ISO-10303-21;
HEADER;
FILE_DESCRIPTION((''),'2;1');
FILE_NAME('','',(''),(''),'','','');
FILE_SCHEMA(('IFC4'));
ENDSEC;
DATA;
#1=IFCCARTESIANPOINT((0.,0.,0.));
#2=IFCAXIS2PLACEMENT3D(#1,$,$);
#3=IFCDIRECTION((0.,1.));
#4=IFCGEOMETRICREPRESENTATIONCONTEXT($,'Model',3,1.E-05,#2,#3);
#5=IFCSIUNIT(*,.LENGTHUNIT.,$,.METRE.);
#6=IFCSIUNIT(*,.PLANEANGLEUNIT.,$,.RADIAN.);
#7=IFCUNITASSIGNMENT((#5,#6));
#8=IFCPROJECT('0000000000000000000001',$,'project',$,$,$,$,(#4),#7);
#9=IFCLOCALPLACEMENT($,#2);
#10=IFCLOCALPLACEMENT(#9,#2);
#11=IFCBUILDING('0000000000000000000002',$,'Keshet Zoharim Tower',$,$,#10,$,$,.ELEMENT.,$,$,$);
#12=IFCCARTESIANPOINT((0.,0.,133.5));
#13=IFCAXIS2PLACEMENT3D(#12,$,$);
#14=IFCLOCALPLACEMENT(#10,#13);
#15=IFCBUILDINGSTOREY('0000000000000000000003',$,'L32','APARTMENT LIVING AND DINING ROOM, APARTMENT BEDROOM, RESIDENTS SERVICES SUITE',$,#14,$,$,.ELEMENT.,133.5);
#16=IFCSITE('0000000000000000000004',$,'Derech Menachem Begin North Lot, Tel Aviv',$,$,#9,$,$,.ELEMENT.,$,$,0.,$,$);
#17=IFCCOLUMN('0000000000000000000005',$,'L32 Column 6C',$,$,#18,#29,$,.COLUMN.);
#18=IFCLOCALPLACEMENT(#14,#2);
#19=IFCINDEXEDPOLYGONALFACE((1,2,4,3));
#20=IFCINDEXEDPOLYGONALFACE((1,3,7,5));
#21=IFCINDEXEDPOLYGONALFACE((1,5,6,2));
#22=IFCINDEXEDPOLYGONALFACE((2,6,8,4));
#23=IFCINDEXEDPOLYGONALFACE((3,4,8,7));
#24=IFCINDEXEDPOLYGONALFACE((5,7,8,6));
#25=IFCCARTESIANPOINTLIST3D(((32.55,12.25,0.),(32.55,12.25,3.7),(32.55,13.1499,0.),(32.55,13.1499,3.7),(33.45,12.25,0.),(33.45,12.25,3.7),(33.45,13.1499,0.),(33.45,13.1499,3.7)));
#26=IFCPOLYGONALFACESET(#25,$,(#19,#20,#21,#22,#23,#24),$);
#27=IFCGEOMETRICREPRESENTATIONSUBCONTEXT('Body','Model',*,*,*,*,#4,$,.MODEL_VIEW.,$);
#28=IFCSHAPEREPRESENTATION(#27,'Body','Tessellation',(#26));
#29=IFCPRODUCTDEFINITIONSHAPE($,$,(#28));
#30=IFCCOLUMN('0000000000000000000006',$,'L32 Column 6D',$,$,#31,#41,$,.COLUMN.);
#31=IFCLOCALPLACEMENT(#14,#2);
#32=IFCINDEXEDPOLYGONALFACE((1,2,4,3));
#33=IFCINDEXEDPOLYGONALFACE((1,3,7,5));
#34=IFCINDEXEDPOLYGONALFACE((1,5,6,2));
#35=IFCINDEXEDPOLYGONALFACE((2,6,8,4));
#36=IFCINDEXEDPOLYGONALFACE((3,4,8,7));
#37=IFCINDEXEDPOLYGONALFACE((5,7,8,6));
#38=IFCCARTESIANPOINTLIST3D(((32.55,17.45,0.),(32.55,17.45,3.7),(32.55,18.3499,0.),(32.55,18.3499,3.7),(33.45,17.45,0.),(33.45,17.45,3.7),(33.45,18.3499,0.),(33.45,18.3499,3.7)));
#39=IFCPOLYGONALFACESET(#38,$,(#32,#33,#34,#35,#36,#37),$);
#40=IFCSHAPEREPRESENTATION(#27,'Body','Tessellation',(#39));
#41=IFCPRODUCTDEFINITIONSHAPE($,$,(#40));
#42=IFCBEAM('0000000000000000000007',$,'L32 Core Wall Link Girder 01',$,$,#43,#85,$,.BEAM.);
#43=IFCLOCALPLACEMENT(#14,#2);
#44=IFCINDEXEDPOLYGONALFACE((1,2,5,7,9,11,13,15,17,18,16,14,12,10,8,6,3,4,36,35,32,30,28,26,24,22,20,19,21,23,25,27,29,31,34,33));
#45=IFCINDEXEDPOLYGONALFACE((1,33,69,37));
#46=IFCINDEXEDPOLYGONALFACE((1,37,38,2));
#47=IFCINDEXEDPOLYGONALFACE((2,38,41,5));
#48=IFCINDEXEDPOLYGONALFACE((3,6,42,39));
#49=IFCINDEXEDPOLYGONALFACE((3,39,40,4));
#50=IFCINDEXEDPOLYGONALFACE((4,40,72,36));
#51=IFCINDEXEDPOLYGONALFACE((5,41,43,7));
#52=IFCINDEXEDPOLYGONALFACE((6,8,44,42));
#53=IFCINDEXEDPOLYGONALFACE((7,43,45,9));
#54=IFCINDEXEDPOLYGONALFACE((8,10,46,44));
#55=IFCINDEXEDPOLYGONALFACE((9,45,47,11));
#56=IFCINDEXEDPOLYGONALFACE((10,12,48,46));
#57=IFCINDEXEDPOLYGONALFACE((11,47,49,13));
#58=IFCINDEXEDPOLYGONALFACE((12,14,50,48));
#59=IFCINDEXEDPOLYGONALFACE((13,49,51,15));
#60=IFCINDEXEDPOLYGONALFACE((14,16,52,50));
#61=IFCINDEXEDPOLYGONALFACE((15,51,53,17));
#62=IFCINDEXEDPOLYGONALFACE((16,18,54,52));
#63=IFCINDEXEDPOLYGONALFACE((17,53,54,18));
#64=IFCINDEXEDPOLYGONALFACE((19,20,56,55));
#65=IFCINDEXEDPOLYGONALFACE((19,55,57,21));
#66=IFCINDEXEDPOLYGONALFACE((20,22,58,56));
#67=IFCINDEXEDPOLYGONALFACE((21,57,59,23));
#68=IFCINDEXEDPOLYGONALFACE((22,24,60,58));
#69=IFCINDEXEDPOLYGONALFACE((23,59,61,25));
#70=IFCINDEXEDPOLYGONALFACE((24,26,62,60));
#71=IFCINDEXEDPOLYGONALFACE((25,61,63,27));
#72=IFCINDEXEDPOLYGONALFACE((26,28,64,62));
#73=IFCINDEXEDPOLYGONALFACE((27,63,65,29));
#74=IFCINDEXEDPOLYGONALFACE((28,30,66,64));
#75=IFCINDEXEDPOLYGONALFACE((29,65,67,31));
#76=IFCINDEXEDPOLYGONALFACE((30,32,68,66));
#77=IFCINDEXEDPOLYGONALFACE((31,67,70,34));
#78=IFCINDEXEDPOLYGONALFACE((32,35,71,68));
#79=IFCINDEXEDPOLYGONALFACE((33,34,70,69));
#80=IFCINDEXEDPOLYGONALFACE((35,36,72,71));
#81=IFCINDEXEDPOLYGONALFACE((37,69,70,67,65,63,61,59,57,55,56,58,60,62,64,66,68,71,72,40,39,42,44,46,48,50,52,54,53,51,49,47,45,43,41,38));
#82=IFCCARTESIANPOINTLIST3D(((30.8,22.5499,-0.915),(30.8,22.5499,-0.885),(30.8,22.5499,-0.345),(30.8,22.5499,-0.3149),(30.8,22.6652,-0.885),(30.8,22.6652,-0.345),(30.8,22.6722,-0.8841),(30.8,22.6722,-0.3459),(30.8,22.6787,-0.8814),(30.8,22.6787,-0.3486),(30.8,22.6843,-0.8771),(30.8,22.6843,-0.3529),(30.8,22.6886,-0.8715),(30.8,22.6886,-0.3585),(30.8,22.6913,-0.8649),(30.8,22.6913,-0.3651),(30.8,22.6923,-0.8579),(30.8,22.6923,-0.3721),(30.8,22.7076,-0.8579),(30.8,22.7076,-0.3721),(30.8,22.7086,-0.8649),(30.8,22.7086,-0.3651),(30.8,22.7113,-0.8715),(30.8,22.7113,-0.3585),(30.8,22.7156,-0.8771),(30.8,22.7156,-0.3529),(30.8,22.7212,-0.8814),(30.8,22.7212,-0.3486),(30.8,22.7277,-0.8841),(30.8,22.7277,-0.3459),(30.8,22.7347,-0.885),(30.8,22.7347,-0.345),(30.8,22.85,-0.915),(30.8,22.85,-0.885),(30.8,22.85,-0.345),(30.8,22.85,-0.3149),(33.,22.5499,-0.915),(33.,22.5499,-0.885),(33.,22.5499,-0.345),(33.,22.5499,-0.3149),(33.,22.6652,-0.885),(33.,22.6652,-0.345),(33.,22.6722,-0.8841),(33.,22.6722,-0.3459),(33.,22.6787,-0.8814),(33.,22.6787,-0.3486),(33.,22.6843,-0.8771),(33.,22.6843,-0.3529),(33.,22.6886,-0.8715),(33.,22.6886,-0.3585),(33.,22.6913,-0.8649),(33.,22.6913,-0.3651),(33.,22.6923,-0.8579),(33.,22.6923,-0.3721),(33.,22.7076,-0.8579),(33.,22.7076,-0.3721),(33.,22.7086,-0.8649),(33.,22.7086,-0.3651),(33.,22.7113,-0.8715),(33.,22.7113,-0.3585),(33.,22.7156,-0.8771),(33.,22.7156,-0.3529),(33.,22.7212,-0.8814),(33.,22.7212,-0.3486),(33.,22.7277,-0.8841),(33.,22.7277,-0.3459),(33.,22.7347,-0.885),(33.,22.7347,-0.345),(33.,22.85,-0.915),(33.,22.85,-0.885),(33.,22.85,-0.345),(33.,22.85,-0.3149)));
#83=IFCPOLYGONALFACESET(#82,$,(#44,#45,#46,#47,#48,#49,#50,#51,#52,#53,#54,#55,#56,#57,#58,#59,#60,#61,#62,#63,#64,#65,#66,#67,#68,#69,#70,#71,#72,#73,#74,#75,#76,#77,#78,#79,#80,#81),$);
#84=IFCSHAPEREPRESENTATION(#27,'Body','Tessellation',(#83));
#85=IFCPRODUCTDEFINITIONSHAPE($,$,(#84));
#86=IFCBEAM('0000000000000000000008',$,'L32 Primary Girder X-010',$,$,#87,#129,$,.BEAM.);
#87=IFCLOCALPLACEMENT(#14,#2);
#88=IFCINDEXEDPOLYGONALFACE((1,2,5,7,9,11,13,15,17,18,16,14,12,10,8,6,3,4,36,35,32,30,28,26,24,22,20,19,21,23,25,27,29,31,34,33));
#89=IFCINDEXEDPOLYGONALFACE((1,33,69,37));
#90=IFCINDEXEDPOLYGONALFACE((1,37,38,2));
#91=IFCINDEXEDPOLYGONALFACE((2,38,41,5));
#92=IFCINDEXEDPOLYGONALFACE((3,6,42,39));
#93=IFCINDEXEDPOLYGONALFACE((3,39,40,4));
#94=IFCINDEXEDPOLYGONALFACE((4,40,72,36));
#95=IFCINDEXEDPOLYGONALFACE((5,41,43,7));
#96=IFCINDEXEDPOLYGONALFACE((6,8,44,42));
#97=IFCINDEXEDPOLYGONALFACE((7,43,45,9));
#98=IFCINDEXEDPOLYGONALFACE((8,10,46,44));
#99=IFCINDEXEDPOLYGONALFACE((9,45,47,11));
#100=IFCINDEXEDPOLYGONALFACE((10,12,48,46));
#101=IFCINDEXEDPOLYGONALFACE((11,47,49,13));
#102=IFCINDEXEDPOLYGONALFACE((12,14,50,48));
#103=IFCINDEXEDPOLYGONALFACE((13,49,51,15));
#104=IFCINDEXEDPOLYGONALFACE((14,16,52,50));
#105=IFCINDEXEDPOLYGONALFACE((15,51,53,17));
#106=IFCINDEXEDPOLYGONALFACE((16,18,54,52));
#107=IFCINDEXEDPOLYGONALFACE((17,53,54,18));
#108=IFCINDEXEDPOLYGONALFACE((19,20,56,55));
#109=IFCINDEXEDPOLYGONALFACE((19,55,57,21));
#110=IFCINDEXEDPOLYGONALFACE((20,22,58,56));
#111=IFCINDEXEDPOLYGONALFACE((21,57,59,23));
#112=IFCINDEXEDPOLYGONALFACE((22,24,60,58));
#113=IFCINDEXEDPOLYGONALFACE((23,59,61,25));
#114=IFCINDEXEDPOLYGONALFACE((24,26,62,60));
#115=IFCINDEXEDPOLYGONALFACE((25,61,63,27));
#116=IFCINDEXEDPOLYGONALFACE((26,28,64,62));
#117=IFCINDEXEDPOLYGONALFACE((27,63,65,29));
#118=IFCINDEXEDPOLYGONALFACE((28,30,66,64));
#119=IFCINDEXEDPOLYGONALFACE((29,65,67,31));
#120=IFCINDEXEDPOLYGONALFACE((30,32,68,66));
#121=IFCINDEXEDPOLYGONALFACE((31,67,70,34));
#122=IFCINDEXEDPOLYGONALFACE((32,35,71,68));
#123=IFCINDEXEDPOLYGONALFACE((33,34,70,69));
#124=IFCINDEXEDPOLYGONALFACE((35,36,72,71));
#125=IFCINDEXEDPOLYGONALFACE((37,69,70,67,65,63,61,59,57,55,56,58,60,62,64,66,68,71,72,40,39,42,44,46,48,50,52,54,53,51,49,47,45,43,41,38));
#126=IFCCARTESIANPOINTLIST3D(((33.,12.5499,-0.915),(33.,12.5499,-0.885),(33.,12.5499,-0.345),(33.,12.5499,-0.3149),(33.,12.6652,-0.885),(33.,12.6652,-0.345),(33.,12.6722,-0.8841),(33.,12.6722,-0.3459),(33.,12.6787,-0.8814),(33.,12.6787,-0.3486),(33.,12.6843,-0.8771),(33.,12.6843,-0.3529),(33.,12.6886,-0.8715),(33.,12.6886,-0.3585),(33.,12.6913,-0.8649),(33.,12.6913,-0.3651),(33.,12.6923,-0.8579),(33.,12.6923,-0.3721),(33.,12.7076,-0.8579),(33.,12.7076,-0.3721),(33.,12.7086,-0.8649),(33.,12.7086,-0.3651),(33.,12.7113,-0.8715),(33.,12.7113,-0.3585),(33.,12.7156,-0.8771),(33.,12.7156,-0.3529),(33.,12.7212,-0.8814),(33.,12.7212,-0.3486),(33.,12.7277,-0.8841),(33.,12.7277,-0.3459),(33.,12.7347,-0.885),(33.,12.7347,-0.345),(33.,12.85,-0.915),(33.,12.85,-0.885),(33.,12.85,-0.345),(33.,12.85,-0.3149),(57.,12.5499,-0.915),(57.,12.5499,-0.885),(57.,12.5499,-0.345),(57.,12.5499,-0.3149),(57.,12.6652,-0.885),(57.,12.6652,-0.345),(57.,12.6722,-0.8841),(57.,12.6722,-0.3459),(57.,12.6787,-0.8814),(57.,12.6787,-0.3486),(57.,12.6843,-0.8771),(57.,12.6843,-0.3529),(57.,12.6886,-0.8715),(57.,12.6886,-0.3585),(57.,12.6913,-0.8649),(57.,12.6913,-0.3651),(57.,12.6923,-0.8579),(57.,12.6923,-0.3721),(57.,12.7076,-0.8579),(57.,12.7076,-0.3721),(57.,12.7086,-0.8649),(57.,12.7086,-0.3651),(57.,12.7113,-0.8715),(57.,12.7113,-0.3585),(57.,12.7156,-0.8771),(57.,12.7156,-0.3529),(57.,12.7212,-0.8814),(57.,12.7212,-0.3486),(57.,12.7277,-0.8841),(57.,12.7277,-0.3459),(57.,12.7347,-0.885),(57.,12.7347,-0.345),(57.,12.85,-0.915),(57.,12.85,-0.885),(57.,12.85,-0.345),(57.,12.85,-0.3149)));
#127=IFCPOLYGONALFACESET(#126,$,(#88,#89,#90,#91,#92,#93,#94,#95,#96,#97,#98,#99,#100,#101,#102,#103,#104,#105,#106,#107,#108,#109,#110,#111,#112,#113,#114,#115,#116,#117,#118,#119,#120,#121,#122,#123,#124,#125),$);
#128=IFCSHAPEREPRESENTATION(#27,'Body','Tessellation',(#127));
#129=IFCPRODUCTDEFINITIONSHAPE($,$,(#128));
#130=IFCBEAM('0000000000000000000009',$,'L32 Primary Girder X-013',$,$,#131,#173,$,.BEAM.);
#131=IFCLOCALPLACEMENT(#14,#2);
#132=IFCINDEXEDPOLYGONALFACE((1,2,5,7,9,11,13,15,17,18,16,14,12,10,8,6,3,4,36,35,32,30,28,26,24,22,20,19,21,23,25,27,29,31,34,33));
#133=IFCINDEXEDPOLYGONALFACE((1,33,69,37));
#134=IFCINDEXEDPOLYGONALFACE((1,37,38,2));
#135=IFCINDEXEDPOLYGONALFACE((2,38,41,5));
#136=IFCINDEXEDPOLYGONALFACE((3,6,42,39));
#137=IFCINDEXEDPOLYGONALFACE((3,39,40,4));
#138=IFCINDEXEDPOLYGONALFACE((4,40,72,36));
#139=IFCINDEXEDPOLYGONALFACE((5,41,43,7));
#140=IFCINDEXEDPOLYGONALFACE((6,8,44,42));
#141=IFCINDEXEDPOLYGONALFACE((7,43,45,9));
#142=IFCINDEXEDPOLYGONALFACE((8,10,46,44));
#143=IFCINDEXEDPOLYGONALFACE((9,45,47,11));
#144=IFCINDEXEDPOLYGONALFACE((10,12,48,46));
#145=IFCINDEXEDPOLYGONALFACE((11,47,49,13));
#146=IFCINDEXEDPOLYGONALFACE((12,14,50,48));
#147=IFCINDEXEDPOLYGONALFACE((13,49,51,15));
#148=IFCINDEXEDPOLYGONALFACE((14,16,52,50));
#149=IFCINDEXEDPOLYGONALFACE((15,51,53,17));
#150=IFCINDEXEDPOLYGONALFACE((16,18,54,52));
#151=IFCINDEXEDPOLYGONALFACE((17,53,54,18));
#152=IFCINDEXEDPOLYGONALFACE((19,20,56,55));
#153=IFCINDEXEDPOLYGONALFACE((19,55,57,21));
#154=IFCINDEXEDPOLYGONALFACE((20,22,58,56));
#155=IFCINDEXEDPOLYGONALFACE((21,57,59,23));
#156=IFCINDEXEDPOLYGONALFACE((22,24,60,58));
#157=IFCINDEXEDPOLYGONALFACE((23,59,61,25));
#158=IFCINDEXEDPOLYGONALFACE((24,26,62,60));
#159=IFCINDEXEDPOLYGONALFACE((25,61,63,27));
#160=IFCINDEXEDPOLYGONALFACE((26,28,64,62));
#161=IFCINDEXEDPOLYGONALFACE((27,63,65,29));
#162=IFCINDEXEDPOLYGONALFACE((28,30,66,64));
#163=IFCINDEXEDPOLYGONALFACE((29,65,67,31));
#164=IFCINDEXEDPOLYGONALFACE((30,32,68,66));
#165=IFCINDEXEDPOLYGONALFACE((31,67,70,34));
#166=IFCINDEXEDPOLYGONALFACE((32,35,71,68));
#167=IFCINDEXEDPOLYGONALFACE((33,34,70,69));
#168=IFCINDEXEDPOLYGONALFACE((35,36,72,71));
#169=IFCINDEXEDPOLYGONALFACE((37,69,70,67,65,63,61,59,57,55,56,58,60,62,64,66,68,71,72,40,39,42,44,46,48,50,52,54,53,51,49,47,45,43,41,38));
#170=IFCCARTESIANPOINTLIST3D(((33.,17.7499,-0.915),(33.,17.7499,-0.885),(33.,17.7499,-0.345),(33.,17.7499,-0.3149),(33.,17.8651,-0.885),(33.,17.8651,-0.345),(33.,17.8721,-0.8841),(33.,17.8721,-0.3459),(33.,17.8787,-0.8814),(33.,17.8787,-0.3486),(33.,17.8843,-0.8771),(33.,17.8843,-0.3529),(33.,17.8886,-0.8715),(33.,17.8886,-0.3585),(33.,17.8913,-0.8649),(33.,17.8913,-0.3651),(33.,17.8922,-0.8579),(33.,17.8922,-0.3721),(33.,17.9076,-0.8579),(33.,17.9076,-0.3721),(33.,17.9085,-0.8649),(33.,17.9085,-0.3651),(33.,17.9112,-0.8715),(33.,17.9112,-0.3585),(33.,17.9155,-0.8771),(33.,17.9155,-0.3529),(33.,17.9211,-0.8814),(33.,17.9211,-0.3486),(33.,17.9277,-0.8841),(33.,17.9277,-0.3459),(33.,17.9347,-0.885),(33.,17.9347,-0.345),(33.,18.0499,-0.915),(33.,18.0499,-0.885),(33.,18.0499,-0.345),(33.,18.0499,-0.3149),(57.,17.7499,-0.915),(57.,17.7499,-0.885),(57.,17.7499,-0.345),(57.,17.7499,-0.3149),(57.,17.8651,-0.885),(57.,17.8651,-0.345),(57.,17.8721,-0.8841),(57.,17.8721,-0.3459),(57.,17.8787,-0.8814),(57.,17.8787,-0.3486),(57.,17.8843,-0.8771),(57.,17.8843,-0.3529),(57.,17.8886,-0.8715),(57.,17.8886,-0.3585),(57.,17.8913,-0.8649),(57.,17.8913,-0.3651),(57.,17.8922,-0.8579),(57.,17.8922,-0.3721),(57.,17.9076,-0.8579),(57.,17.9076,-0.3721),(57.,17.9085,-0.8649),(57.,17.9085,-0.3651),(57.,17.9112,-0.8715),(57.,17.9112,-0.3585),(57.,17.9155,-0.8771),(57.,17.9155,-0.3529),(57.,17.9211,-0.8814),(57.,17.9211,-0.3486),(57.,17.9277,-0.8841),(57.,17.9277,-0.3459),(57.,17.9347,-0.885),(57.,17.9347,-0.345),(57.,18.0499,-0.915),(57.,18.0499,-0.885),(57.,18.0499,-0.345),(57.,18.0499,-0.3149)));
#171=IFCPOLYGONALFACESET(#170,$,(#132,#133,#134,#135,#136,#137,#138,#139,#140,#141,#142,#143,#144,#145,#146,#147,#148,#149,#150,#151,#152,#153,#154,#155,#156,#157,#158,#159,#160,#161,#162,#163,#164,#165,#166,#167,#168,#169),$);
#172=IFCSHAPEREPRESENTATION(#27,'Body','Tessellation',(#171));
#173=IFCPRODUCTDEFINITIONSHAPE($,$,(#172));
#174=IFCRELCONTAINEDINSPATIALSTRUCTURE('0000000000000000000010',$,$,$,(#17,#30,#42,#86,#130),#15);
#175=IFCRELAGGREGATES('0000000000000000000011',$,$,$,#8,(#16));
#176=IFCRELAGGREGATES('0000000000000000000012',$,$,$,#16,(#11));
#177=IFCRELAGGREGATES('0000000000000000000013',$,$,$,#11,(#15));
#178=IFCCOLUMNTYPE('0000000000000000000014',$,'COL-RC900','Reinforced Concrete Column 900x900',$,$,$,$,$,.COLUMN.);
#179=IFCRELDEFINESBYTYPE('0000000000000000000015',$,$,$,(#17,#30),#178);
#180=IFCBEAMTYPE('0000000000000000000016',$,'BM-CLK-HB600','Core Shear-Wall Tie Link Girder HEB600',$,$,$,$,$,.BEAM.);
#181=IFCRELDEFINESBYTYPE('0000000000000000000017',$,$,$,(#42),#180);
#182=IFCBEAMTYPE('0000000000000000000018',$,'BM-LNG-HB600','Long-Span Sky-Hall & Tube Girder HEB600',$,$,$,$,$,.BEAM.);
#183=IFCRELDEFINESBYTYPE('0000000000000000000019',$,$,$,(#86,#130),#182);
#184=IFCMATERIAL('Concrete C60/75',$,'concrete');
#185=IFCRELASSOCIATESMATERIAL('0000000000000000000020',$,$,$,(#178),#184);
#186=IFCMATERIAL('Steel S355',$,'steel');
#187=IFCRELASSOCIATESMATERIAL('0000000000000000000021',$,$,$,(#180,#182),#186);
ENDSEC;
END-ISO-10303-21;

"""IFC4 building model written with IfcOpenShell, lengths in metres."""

from ifc_helpers import new_model, si_unit, direction, frame, origin, origin_2d, place, context, subcontext, project, spatial, rectangle, i_section, extrude, material, material_profile, profile_set, type_object, element, save


model = new_model("IFC4")

# Units and contexts
model_context = context("Model", 3, precision=1e-05, world=origin(), true_north=direction((0.0, 1.0)))
body_context = subcontext(model_context, "Body", "Model", "MODEL_VIEW")
ifc_project = project(units=[si_unit("LENGTHUNIT", "METRE"), si_unit("PLANEANGLEUNIT", "RADIAN")], contexts=[model_context])

# Site, building, storey
site_placement = place(None, origin())
site = spatial("IfcSite", under=ifc_project, at=site_placement, Name="Derech Menachem Begin North Lot, Tel Aviv", CompositionType="ELEMENT", RefElevation=0.0)
building_placement = place(site_placement, origin())
building = spatial("IfcBuilding", under=site, at=building_placement, Name="Keshet Zoharim Tower", CompositionType="ELEMENT")
storey_placement = place(building_placement, frame((0.0, 0.0, 133.5)))
storey = spatial("IfcBuildingStorey", under=building, at=storey_placement, Name="L32", Description="APARTMENT LIVING AND DINING ROOM, APARTMENT BEDROOM, RESIDENTS SERVICES SUITE", CompositionType="ELEMENT", Elevation=133.5)

# Columns
ifc_material_1 = material(Name="Concrete C60/75", Category="concrete")
ifc_material_profile_1 = material_profile(ifc_material_1, rectangle(XDim=0.8999, YDim=0.8999, at=origin_2d()), Name="RC900x900")
ifc_profile_set_1 = profile_set([ifc_material_profile_1], Name="Concrete C60/75")
column_type = type_object("IfcColumnType", Name="COL-RC900", Description="Reinforced Concrete Column 900x900", PredefinedType="COLUMN", material=ifc_profile_set_1)
for number, where, z_axis, x_axis, name in (
    (1, (33.0, 12.7, 0.0), (0.0, 0.0, 1.0), (1.0, 0.0, 0.0), "L32 Column 6C"),
    (2, (33.0, 17.8999, 0.0), (0.0, 0.0, 1.0), (1.0, 0.0, 0.0), "L32 Column 6D"),
):
    element("IfcColumn", number, at=place(storey_placement, frame(where, z_axis=z_axis, x_axis=x_axis)), inside=storey, type_object=column_type, Name=name, PredefinedType="COLUMN", context=body_context, shape_type="SweptSolid", body=[
        extrude(rectangle(XDim=0.8999, YDim=0.8999, at=origin_2d()), origin(), (0.0, 0.0, 1.0), 3.7),
    ])

# Beams
ifc_material_2 = material(Name="Steel S355", Category="steel")
ifc_material_profile_2 = material_profile(ifc_material_2, i_section(OverallWidth=0.3, OverallDepth=0.6001, WebThickness=0.0154, FlangeThickness=0.03, FilletRadius=0.0271, at=origin_2d()), Name="HEB600")
ifc_profile_set_2 = profile_set([ifc_material_profile_2], Name="Steel S355")
beam_type_1 = type_object("IfcBeamType", Name="BM-CLK-HB600", Description="Core Shear-Wall Tie Link Girder HEB600", PredefinedType="BEAM", material=ifc_profile_set_2)
beam_1_placement = place(storey_placement, frame((30.8, 22.7, -0.615), z_axis=(1.0, 0.0, 0.0), x_axis=(0.0, 1.0, 0.0)))
element("IfcBeam", 3, at=beam_1_placement, inside=storey, type_object=beam_type_1, Name="L32 Core Wall Link Girder 01", PredefinedType="BEAM", context=body_context, shape_type="SweptSolid", body=[
    extrude(i_section(OverallWidth=0.3, OverallDepth=0.6001, WebThickness=0.0154, FlangeThickness=0.03, FilletRadius=0.0271, at=origin_2d()), origin(), (0.0, 0.0, 1.0), 2.2),
])
ifc_material_profile_3 = material_profile(ifc_material_2, i_section(OverallWidth=0.3, OverallDepth=0.6001, WebThickness=0.0154, FlangeThickness=0.03, FilletRadius=0.0271, at=origin_2d()), Name="HEB600")
ifc_profile_set_3 = profile_set([ifc_material_profile_3], Name="Steel S355")
beam_type_2 = type_object("IfcBeamType", Name="BM-LNG-HB600", Description="Long-Span Sky-Hall & Tube Girder HEB600", PredefinedType="BEAM", material=ifc_profile_set_3)
for number, where, z_axis, x_axis, name in (
    (4, (33.0, 12.7, -0.615), (1.0, 0.0, 0.0), (0.0, 1.0, 0.0), "L32 Primary Girder X-010"),
    (5, (33.0, 17.8999, -0.615), (1.0, 0.0, 0.0), (0.0, 1.0, 0.0), "L32 Primary Girder X-013"),
):
    element("IfcBeam", number, at=place(storey_placement, frame(where, z_axis=z_axis, x_axis=x_axis)), inside=storey, type_object=beam_type_2, Name=name, PredefinedType="BEAM", context=body_context, shape_type="SweptSolid", body=[
        extrude(i_section(OverallWidth=0.3, OverallDepth=0.6001, WebThickness=0.0154, FlangeThickness=0.03, FilletRadius=0.0271, at=origin_2d()), origin(), (0.0, 0.0, 1.0), 24.0),
    ])

save(model, "model.ifc")
